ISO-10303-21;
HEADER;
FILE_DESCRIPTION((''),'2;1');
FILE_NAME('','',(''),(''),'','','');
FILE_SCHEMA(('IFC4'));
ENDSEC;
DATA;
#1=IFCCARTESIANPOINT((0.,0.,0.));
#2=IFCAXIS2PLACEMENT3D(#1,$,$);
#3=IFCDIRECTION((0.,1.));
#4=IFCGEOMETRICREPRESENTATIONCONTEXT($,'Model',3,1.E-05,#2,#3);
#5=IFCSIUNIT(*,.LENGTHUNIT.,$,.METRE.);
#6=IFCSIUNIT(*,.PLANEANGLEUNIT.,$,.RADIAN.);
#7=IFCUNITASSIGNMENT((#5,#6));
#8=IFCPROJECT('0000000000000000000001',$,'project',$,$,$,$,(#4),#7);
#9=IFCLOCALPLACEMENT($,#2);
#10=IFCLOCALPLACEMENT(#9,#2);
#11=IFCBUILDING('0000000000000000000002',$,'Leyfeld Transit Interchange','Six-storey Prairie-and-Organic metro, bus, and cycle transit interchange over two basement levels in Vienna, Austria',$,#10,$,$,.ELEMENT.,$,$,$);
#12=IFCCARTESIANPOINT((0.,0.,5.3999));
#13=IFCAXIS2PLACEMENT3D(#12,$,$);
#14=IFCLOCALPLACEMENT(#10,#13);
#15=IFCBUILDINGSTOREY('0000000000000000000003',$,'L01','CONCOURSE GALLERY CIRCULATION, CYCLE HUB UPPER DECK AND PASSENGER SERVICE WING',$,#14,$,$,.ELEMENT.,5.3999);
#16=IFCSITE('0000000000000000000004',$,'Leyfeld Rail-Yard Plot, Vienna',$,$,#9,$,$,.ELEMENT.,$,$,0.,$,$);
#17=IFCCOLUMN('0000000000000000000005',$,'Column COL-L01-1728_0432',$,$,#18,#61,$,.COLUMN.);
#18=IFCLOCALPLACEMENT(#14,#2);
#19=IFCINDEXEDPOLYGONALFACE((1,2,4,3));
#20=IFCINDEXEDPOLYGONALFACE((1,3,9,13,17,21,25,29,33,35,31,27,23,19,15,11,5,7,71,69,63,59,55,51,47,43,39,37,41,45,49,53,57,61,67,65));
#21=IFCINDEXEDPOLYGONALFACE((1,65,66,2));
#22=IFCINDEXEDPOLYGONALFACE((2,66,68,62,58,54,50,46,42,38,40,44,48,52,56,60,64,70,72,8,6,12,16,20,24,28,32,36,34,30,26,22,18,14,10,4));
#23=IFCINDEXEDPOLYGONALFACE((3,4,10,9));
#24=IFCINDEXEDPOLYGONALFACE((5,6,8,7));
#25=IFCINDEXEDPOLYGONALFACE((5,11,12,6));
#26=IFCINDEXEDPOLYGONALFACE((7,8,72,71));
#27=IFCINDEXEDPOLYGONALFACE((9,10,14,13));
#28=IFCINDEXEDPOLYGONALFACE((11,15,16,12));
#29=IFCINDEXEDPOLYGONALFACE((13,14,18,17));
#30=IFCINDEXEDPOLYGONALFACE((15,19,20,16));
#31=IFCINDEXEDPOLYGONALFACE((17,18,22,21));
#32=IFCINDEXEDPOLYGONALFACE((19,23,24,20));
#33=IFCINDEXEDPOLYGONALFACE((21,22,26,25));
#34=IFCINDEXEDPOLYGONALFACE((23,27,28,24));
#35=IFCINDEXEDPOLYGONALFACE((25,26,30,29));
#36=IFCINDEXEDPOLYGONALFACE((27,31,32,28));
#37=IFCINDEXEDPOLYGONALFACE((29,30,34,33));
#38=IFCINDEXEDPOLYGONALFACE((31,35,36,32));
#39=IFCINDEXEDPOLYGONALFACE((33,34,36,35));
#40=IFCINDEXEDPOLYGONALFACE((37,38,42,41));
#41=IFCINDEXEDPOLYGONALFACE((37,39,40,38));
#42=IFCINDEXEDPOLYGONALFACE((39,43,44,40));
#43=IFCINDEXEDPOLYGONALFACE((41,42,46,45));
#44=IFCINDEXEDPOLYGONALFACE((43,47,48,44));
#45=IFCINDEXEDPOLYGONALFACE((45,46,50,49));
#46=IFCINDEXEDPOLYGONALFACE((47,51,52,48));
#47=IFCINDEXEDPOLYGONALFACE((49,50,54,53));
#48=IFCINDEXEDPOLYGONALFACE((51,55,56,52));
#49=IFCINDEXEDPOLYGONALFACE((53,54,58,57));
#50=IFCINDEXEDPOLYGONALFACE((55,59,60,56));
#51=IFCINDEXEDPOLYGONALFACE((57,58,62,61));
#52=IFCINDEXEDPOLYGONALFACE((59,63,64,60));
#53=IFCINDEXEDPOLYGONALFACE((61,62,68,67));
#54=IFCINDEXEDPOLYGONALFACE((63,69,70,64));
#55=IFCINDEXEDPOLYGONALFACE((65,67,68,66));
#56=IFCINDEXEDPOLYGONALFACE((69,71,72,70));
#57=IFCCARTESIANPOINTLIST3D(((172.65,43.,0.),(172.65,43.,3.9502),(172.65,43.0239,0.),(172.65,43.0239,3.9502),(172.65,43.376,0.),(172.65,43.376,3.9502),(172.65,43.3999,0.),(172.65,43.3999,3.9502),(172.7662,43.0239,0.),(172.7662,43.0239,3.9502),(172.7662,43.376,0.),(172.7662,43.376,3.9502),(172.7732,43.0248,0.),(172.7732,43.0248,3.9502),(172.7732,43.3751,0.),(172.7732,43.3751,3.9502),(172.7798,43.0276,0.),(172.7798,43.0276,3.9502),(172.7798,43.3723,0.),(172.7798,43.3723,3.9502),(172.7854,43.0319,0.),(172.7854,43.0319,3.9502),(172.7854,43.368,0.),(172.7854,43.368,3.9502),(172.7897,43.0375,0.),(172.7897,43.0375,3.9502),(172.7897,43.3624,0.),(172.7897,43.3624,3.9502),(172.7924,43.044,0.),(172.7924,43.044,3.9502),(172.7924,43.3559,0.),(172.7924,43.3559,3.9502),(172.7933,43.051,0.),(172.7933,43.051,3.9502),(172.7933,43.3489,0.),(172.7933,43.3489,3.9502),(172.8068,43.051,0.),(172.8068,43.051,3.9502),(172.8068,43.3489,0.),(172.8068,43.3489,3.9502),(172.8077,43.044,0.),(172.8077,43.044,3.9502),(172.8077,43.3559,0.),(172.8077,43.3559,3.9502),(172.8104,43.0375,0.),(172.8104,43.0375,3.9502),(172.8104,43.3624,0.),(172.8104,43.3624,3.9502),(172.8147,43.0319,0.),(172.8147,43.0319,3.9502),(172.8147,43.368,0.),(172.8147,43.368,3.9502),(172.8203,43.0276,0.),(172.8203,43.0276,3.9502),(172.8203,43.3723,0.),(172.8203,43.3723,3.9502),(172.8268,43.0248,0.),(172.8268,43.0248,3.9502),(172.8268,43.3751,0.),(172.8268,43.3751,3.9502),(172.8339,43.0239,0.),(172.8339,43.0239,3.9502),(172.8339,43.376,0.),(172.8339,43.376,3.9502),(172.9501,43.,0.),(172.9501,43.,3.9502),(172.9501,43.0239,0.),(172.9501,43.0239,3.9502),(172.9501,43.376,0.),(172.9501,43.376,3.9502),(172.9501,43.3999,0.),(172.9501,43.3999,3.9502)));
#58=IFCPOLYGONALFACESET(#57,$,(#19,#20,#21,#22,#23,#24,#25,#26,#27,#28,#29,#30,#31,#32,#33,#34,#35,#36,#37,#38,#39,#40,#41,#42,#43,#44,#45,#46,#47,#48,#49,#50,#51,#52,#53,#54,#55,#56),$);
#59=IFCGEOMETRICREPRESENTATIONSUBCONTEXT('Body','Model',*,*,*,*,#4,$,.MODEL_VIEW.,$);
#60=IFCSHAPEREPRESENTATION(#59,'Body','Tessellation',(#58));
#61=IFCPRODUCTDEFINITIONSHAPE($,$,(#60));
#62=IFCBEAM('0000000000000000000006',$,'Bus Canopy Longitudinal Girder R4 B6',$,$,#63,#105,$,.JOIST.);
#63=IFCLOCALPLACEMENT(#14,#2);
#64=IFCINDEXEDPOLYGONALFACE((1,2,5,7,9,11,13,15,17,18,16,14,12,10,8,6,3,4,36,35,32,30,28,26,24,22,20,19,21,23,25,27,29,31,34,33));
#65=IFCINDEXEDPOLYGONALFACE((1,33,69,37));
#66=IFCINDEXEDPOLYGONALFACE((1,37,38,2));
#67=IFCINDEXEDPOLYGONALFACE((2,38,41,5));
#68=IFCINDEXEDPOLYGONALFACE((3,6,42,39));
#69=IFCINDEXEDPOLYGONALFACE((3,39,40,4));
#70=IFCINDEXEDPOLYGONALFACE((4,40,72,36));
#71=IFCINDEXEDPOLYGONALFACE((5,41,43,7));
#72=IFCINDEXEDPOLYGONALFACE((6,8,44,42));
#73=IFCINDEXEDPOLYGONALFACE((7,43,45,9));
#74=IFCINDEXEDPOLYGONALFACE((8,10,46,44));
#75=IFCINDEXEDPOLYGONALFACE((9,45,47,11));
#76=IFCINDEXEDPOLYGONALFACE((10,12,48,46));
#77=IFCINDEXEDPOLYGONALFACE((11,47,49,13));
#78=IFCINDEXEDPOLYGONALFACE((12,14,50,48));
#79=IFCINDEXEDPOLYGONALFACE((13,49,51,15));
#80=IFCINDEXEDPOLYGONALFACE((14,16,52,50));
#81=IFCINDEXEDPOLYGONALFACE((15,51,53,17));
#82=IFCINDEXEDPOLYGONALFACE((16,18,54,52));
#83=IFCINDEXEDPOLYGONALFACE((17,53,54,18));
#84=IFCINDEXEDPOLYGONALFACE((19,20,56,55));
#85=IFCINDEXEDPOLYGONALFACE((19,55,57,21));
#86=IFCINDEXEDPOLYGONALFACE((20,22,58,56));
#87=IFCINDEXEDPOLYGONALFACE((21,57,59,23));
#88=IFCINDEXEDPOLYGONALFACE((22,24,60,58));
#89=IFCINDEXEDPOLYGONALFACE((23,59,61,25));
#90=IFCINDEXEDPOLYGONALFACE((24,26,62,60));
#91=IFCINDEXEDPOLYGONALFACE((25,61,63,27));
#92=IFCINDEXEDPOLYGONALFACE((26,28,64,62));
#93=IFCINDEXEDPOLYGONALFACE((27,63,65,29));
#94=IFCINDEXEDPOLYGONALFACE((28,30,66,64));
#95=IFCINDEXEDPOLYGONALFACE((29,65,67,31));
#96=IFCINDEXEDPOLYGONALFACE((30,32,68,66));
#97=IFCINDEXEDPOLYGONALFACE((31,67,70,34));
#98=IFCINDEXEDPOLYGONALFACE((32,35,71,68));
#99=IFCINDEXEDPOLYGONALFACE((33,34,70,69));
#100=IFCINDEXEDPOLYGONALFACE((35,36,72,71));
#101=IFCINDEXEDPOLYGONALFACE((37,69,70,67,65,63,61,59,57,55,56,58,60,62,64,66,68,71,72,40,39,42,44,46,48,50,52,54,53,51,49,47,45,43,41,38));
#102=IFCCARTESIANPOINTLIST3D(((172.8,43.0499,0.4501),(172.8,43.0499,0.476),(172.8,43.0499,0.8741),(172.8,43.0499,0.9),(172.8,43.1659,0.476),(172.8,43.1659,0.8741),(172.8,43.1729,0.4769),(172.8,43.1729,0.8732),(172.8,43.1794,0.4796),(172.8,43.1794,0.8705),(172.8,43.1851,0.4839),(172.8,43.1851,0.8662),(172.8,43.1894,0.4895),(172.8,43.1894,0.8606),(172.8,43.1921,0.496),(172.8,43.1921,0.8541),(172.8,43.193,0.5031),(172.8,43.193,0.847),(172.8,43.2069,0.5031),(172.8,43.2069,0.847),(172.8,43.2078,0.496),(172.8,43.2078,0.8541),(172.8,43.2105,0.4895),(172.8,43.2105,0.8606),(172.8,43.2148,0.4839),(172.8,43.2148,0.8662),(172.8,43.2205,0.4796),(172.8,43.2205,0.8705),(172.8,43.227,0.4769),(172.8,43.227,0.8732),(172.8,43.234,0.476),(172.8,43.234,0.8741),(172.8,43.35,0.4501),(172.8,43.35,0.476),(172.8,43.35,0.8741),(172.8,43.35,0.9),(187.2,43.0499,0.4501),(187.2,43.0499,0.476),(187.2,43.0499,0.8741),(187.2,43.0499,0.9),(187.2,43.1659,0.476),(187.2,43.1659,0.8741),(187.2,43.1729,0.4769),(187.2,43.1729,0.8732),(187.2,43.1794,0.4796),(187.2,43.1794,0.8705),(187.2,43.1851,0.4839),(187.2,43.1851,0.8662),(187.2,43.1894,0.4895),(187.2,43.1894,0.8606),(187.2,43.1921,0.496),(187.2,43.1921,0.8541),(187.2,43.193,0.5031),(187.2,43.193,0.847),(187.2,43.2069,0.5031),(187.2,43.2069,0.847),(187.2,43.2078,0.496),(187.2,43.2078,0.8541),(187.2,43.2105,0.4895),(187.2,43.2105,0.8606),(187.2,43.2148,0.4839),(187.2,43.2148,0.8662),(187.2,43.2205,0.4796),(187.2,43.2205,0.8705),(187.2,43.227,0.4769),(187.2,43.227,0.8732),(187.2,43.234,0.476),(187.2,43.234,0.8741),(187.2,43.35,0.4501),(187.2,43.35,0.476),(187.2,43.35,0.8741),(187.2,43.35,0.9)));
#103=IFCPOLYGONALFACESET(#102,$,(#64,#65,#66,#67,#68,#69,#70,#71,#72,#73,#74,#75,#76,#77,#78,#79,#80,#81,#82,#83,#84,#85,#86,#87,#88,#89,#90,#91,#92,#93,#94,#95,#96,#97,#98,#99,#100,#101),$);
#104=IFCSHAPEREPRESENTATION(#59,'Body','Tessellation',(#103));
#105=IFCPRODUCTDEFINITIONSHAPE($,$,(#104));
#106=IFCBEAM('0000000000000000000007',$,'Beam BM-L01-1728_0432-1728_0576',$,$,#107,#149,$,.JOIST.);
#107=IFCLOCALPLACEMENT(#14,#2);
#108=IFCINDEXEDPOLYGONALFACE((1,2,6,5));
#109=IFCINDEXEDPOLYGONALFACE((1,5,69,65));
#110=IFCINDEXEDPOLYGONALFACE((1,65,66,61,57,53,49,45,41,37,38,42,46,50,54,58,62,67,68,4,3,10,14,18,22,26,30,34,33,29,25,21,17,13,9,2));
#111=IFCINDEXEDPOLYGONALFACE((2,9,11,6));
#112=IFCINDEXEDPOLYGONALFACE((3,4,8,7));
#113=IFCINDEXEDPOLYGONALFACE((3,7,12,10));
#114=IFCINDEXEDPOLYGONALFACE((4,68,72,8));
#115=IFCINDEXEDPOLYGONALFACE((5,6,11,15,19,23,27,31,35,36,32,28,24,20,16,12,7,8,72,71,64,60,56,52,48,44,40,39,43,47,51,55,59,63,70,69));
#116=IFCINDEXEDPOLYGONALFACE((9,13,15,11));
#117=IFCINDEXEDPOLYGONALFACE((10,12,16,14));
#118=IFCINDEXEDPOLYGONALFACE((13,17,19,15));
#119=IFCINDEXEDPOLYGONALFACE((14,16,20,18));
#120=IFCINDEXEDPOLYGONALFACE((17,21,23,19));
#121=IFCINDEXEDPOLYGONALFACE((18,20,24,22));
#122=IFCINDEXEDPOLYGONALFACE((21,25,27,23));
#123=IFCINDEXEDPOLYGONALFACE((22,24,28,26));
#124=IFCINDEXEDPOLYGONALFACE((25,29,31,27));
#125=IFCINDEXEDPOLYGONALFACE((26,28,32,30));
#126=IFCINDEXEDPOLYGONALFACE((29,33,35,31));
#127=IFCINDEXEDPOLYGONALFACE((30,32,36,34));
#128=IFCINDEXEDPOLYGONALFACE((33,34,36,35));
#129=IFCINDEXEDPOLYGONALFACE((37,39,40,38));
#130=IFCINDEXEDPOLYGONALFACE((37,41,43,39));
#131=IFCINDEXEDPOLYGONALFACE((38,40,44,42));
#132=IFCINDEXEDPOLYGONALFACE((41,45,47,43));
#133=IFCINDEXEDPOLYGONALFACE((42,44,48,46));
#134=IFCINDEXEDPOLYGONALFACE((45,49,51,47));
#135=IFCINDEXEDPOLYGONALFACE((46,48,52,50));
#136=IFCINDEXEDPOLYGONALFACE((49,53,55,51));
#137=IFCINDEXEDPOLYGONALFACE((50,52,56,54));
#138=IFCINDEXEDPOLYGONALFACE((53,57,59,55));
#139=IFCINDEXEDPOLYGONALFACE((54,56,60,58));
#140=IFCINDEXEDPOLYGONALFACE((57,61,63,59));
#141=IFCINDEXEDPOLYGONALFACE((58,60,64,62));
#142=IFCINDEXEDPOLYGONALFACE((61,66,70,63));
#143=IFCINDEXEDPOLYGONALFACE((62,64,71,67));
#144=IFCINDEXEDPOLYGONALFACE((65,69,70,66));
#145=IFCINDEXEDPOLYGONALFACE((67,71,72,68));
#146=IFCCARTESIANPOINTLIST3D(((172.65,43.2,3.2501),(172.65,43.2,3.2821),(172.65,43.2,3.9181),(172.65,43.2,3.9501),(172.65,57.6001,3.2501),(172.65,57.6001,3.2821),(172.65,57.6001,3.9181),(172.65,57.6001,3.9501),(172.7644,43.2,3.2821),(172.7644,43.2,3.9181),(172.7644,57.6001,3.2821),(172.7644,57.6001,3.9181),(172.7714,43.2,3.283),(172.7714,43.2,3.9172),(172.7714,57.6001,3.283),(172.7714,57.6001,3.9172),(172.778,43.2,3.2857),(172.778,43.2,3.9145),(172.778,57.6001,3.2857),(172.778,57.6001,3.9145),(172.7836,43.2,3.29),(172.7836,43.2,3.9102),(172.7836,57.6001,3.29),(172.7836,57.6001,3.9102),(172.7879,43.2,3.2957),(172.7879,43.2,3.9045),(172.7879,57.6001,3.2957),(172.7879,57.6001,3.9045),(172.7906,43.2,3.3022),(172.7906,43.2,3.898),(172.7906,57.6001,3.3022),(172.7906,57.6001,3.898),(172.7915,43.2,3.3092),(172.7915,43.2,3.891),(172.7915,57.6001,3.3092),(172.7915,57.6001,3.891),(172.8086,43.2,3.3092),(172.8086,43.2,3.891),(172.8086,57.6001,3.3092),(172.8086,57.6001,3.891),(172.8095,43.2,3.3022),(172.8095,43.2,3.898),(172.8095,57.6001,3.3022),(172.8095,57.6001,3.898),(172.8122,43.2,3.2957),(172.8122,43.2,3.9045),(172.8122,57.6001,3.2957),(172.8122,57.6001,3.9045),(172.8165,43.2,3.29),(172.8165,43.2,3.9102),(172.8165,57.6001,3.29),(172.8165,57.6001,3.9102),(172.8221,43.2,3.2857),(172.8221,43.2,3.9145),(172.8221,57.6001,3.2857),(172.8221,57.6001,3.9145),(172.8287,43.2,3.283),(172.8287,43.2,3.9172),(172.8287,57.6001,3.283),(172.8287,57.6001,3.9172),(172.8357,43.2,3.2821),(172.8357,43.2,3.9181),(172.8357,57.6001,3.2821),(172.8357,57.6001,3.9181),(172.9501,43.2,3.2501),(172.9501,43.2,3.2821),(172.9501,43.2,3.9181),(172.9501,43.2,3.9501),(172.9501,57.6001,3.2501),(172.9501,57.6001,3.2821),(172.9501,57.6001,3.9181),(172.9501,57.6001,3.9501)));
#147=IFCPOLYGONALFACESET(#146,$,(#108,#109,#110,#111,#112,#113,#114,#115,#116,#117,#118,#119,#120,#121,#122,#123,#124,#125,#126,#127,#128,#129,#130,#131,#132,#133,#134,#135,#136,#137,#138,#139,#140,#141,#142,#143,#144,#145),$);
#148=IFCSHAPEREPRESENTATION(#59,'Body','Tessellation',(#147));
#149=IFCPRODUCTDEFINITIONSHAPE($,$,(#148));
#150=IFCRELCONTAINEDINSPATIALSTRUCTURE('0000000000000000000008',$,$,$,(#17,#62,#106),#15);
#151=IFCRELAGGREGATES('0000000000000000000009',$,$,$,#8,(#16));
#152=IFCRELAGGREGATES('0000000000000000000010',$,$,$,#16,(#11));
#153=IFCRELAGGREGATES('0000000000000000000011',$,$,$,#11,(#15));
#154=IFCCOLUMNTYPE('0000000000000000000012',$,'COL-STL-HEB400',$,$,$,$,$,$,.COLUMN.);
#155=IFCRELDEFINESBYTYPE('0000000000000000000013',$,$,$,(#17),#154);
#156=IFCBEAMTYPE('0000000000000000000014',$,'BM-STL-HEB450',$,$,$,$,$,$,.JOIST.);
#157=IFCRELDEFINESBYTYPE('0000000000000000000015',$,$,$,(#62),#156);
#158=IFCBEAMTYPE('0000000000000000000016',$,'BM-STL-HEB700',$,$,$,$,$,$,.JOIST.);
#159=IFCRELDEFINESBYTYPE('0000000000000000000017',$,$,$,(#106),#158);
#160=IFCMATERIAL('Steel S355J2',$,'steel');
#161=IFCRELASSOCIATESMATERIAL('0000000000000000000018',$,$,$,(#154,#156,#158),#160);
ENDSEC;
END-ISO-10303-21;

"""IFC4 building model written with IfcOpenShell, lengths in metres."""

from ifc_helpers import new_model, si_unit, direction, frame, origin, origin_2d, place, context, subcontext, project, spatial, i_section, extrude, material, material_profile, profile_set, type_object, element, save


model = new_model("IFC4")

# Units and contexts
model_context = context("Model", 3, precision=1e-05, world=origin(), true_north=direction((0.0, 1.0)))
body_context = subcontext(model_context, "Body", "Model", "MODEL_VIEW")
ifc_project = project(units=[si_unit("LENGTHUNIT", "METRE"), si_unit("PLANEANGLEUNIT", "RADIAN")], contexts=[model_context])

# Site, building, storey
site_placement = place(None, origin())
site = spatial("IfcSite", under=ifc_project, at=site_placement, Name="Leyfeld Rail-Yard Plot, Vienna", CompositionType="ELEMENT", RefElevation=0.0)
building_placement = place(site_placement, origin())
building = spatial("IfcBuilding", under=site, at=building_placement, Name="Leyfeld Transit Interchange", Description="Six-storey Prairie-and-Organic metro, bus, and cycle transit interchange over two basement levels in Vienna, Austria", CompositionType="ELEMENT")
storey_placement = place(building_placement, frame((0.0, 0.0, 5.3999)))
storey = spatial("IfcBuildingStorey", under=building, at=storey_placement, Name="L01", Description="CONCOURSE GALLERY CIRCULATION, CYCLE HUB UPPER DECK AND PASSENGER SERVICE WING", CompositionType="ELEMENT", Elevation=5.3999)

# Column
ifc_material_1 = material(Name="Steel S355J2", Category="steel")
ifc_material_profile_1 = material_profile(ifc_material_1, i_section(OverallWidth=0.3, OverallDepth=0.3999, WebThickness=0.0134, FlangeThickness=0.0239, FilletRadius=0.0271, at=origin_2d()), Name="HEB 400")
ifc_profile_set_1 = profile_set([ifc_material_profile_1], Name="Steel S355J2")
column_type = type_object("IfcColumnType", Name="COL-STL-HEB400", PredefinedType="COLUMN", material=ifc_profile_set_1)
column_placement = place(storey_placement, frame((172.8, 43.2, 0.0), z_axis=(0.0, 0.0, 1.0), x_axis=(1.0, 0.0, 0.0)))
element("IfcColumn", 1, at=column_placement, inside=storey, type_object=column_type, Name="Column COL-L01-1728_0432", PredefinedType="COLUMN", context=body_context, shape_type="SweptSolid", body=[
    extrude(i_section(OverallWidth=0.3, OverallDepth=0.3999, WebThickness=0.0134, FlangeThickness=0.0239, FilletRadius=0.0271, at=origin_2d()), origin(), (0.0, 0.0, 1.0), 3.9502),
])

# Beams
ifc_material_profile_2 = material_profile(ifc_material_1, i_section(OverallWidth=0.3, OverallDepth=0.45, WebThickness=0.0139, FlangeThickness=0.0259, FilletRadius=0.0271, at=origin_2d()), Name="HEB 450")
ifc_profile_set_2 = profile_set([ifc_material_profile_2], Name="Steel S355J2")
beam_type_1 = type_object("IfcBeamType", Name="BM-STL-HEB450", PredefinedType="JOIST", material=ifc_profile_set_2)
beam_1_placement = place(storey_placement, frame((172.8, 43.2, 0.675), z_axis=(1.0, 0.0, 0.0), x_axis=(0.0, 1.0, 0.0)))
element("IfcBeam", 2, at=beam_1_placement, inside=storey, type_object=beam_type_1, Name="Bus Canopy Longitudinal Girder R4 B6", PredefinedType="JOIST", context=body_context, shape_type="SweptSolid", body=[
    extrude(i_section(OverallWidth=0.3, OverallDepth=0.45, WebThickness=0.0139, FlangeThickness=0.0259, FilletRadius=0.0271, at=origin_2d()), origin(), (0.0, 0.0, 1.0), 14.3999),
])
ifc_material_profile_3 = material_profile(ifc_material_1, i_section(OverallWidth=0.3, OverallDepth=0.7, WebThickness=0.0171, FlangeThickness=0.032, FilletRadius=0.0271, at=origin_2d()), Name="HEB 700")
ifc_profile_set_3 = profile_set([ifc_material_profile_3], Name="Steel S355J2")
beam_type_2 = type_object("IfcBeamType", Name="BM-STL-HEB700", PredefinedType="JOIST", material=ifc_profile_set_3)
beam_2_placement = place(storey_placement, frame((172.8, 43.2, 3.6001), z_axis=(0.0, 1.0, 0.0), x_axis=(-1.0, 0.0, 0.0)))
element("IfcBeam", 3, at=beam_2_placement, inside=storey, type_object=beam_type_2, Name="Beam BM-L01-1728_0432-1728_0576", PredefinedType="JOIST", context=body_context, shape_type="SweptSolid", body=[
    extrude(i_section(OverallWidth=0.3, OverallDepth=0.7, WebThickness=0.0171, FlangeThickness=0.032, FilletRadius=0.0271, at=origin_2d()), origin(), (0.0, 0.0, 1.0), 14.4001),
])

save(model, "model.ifc")
